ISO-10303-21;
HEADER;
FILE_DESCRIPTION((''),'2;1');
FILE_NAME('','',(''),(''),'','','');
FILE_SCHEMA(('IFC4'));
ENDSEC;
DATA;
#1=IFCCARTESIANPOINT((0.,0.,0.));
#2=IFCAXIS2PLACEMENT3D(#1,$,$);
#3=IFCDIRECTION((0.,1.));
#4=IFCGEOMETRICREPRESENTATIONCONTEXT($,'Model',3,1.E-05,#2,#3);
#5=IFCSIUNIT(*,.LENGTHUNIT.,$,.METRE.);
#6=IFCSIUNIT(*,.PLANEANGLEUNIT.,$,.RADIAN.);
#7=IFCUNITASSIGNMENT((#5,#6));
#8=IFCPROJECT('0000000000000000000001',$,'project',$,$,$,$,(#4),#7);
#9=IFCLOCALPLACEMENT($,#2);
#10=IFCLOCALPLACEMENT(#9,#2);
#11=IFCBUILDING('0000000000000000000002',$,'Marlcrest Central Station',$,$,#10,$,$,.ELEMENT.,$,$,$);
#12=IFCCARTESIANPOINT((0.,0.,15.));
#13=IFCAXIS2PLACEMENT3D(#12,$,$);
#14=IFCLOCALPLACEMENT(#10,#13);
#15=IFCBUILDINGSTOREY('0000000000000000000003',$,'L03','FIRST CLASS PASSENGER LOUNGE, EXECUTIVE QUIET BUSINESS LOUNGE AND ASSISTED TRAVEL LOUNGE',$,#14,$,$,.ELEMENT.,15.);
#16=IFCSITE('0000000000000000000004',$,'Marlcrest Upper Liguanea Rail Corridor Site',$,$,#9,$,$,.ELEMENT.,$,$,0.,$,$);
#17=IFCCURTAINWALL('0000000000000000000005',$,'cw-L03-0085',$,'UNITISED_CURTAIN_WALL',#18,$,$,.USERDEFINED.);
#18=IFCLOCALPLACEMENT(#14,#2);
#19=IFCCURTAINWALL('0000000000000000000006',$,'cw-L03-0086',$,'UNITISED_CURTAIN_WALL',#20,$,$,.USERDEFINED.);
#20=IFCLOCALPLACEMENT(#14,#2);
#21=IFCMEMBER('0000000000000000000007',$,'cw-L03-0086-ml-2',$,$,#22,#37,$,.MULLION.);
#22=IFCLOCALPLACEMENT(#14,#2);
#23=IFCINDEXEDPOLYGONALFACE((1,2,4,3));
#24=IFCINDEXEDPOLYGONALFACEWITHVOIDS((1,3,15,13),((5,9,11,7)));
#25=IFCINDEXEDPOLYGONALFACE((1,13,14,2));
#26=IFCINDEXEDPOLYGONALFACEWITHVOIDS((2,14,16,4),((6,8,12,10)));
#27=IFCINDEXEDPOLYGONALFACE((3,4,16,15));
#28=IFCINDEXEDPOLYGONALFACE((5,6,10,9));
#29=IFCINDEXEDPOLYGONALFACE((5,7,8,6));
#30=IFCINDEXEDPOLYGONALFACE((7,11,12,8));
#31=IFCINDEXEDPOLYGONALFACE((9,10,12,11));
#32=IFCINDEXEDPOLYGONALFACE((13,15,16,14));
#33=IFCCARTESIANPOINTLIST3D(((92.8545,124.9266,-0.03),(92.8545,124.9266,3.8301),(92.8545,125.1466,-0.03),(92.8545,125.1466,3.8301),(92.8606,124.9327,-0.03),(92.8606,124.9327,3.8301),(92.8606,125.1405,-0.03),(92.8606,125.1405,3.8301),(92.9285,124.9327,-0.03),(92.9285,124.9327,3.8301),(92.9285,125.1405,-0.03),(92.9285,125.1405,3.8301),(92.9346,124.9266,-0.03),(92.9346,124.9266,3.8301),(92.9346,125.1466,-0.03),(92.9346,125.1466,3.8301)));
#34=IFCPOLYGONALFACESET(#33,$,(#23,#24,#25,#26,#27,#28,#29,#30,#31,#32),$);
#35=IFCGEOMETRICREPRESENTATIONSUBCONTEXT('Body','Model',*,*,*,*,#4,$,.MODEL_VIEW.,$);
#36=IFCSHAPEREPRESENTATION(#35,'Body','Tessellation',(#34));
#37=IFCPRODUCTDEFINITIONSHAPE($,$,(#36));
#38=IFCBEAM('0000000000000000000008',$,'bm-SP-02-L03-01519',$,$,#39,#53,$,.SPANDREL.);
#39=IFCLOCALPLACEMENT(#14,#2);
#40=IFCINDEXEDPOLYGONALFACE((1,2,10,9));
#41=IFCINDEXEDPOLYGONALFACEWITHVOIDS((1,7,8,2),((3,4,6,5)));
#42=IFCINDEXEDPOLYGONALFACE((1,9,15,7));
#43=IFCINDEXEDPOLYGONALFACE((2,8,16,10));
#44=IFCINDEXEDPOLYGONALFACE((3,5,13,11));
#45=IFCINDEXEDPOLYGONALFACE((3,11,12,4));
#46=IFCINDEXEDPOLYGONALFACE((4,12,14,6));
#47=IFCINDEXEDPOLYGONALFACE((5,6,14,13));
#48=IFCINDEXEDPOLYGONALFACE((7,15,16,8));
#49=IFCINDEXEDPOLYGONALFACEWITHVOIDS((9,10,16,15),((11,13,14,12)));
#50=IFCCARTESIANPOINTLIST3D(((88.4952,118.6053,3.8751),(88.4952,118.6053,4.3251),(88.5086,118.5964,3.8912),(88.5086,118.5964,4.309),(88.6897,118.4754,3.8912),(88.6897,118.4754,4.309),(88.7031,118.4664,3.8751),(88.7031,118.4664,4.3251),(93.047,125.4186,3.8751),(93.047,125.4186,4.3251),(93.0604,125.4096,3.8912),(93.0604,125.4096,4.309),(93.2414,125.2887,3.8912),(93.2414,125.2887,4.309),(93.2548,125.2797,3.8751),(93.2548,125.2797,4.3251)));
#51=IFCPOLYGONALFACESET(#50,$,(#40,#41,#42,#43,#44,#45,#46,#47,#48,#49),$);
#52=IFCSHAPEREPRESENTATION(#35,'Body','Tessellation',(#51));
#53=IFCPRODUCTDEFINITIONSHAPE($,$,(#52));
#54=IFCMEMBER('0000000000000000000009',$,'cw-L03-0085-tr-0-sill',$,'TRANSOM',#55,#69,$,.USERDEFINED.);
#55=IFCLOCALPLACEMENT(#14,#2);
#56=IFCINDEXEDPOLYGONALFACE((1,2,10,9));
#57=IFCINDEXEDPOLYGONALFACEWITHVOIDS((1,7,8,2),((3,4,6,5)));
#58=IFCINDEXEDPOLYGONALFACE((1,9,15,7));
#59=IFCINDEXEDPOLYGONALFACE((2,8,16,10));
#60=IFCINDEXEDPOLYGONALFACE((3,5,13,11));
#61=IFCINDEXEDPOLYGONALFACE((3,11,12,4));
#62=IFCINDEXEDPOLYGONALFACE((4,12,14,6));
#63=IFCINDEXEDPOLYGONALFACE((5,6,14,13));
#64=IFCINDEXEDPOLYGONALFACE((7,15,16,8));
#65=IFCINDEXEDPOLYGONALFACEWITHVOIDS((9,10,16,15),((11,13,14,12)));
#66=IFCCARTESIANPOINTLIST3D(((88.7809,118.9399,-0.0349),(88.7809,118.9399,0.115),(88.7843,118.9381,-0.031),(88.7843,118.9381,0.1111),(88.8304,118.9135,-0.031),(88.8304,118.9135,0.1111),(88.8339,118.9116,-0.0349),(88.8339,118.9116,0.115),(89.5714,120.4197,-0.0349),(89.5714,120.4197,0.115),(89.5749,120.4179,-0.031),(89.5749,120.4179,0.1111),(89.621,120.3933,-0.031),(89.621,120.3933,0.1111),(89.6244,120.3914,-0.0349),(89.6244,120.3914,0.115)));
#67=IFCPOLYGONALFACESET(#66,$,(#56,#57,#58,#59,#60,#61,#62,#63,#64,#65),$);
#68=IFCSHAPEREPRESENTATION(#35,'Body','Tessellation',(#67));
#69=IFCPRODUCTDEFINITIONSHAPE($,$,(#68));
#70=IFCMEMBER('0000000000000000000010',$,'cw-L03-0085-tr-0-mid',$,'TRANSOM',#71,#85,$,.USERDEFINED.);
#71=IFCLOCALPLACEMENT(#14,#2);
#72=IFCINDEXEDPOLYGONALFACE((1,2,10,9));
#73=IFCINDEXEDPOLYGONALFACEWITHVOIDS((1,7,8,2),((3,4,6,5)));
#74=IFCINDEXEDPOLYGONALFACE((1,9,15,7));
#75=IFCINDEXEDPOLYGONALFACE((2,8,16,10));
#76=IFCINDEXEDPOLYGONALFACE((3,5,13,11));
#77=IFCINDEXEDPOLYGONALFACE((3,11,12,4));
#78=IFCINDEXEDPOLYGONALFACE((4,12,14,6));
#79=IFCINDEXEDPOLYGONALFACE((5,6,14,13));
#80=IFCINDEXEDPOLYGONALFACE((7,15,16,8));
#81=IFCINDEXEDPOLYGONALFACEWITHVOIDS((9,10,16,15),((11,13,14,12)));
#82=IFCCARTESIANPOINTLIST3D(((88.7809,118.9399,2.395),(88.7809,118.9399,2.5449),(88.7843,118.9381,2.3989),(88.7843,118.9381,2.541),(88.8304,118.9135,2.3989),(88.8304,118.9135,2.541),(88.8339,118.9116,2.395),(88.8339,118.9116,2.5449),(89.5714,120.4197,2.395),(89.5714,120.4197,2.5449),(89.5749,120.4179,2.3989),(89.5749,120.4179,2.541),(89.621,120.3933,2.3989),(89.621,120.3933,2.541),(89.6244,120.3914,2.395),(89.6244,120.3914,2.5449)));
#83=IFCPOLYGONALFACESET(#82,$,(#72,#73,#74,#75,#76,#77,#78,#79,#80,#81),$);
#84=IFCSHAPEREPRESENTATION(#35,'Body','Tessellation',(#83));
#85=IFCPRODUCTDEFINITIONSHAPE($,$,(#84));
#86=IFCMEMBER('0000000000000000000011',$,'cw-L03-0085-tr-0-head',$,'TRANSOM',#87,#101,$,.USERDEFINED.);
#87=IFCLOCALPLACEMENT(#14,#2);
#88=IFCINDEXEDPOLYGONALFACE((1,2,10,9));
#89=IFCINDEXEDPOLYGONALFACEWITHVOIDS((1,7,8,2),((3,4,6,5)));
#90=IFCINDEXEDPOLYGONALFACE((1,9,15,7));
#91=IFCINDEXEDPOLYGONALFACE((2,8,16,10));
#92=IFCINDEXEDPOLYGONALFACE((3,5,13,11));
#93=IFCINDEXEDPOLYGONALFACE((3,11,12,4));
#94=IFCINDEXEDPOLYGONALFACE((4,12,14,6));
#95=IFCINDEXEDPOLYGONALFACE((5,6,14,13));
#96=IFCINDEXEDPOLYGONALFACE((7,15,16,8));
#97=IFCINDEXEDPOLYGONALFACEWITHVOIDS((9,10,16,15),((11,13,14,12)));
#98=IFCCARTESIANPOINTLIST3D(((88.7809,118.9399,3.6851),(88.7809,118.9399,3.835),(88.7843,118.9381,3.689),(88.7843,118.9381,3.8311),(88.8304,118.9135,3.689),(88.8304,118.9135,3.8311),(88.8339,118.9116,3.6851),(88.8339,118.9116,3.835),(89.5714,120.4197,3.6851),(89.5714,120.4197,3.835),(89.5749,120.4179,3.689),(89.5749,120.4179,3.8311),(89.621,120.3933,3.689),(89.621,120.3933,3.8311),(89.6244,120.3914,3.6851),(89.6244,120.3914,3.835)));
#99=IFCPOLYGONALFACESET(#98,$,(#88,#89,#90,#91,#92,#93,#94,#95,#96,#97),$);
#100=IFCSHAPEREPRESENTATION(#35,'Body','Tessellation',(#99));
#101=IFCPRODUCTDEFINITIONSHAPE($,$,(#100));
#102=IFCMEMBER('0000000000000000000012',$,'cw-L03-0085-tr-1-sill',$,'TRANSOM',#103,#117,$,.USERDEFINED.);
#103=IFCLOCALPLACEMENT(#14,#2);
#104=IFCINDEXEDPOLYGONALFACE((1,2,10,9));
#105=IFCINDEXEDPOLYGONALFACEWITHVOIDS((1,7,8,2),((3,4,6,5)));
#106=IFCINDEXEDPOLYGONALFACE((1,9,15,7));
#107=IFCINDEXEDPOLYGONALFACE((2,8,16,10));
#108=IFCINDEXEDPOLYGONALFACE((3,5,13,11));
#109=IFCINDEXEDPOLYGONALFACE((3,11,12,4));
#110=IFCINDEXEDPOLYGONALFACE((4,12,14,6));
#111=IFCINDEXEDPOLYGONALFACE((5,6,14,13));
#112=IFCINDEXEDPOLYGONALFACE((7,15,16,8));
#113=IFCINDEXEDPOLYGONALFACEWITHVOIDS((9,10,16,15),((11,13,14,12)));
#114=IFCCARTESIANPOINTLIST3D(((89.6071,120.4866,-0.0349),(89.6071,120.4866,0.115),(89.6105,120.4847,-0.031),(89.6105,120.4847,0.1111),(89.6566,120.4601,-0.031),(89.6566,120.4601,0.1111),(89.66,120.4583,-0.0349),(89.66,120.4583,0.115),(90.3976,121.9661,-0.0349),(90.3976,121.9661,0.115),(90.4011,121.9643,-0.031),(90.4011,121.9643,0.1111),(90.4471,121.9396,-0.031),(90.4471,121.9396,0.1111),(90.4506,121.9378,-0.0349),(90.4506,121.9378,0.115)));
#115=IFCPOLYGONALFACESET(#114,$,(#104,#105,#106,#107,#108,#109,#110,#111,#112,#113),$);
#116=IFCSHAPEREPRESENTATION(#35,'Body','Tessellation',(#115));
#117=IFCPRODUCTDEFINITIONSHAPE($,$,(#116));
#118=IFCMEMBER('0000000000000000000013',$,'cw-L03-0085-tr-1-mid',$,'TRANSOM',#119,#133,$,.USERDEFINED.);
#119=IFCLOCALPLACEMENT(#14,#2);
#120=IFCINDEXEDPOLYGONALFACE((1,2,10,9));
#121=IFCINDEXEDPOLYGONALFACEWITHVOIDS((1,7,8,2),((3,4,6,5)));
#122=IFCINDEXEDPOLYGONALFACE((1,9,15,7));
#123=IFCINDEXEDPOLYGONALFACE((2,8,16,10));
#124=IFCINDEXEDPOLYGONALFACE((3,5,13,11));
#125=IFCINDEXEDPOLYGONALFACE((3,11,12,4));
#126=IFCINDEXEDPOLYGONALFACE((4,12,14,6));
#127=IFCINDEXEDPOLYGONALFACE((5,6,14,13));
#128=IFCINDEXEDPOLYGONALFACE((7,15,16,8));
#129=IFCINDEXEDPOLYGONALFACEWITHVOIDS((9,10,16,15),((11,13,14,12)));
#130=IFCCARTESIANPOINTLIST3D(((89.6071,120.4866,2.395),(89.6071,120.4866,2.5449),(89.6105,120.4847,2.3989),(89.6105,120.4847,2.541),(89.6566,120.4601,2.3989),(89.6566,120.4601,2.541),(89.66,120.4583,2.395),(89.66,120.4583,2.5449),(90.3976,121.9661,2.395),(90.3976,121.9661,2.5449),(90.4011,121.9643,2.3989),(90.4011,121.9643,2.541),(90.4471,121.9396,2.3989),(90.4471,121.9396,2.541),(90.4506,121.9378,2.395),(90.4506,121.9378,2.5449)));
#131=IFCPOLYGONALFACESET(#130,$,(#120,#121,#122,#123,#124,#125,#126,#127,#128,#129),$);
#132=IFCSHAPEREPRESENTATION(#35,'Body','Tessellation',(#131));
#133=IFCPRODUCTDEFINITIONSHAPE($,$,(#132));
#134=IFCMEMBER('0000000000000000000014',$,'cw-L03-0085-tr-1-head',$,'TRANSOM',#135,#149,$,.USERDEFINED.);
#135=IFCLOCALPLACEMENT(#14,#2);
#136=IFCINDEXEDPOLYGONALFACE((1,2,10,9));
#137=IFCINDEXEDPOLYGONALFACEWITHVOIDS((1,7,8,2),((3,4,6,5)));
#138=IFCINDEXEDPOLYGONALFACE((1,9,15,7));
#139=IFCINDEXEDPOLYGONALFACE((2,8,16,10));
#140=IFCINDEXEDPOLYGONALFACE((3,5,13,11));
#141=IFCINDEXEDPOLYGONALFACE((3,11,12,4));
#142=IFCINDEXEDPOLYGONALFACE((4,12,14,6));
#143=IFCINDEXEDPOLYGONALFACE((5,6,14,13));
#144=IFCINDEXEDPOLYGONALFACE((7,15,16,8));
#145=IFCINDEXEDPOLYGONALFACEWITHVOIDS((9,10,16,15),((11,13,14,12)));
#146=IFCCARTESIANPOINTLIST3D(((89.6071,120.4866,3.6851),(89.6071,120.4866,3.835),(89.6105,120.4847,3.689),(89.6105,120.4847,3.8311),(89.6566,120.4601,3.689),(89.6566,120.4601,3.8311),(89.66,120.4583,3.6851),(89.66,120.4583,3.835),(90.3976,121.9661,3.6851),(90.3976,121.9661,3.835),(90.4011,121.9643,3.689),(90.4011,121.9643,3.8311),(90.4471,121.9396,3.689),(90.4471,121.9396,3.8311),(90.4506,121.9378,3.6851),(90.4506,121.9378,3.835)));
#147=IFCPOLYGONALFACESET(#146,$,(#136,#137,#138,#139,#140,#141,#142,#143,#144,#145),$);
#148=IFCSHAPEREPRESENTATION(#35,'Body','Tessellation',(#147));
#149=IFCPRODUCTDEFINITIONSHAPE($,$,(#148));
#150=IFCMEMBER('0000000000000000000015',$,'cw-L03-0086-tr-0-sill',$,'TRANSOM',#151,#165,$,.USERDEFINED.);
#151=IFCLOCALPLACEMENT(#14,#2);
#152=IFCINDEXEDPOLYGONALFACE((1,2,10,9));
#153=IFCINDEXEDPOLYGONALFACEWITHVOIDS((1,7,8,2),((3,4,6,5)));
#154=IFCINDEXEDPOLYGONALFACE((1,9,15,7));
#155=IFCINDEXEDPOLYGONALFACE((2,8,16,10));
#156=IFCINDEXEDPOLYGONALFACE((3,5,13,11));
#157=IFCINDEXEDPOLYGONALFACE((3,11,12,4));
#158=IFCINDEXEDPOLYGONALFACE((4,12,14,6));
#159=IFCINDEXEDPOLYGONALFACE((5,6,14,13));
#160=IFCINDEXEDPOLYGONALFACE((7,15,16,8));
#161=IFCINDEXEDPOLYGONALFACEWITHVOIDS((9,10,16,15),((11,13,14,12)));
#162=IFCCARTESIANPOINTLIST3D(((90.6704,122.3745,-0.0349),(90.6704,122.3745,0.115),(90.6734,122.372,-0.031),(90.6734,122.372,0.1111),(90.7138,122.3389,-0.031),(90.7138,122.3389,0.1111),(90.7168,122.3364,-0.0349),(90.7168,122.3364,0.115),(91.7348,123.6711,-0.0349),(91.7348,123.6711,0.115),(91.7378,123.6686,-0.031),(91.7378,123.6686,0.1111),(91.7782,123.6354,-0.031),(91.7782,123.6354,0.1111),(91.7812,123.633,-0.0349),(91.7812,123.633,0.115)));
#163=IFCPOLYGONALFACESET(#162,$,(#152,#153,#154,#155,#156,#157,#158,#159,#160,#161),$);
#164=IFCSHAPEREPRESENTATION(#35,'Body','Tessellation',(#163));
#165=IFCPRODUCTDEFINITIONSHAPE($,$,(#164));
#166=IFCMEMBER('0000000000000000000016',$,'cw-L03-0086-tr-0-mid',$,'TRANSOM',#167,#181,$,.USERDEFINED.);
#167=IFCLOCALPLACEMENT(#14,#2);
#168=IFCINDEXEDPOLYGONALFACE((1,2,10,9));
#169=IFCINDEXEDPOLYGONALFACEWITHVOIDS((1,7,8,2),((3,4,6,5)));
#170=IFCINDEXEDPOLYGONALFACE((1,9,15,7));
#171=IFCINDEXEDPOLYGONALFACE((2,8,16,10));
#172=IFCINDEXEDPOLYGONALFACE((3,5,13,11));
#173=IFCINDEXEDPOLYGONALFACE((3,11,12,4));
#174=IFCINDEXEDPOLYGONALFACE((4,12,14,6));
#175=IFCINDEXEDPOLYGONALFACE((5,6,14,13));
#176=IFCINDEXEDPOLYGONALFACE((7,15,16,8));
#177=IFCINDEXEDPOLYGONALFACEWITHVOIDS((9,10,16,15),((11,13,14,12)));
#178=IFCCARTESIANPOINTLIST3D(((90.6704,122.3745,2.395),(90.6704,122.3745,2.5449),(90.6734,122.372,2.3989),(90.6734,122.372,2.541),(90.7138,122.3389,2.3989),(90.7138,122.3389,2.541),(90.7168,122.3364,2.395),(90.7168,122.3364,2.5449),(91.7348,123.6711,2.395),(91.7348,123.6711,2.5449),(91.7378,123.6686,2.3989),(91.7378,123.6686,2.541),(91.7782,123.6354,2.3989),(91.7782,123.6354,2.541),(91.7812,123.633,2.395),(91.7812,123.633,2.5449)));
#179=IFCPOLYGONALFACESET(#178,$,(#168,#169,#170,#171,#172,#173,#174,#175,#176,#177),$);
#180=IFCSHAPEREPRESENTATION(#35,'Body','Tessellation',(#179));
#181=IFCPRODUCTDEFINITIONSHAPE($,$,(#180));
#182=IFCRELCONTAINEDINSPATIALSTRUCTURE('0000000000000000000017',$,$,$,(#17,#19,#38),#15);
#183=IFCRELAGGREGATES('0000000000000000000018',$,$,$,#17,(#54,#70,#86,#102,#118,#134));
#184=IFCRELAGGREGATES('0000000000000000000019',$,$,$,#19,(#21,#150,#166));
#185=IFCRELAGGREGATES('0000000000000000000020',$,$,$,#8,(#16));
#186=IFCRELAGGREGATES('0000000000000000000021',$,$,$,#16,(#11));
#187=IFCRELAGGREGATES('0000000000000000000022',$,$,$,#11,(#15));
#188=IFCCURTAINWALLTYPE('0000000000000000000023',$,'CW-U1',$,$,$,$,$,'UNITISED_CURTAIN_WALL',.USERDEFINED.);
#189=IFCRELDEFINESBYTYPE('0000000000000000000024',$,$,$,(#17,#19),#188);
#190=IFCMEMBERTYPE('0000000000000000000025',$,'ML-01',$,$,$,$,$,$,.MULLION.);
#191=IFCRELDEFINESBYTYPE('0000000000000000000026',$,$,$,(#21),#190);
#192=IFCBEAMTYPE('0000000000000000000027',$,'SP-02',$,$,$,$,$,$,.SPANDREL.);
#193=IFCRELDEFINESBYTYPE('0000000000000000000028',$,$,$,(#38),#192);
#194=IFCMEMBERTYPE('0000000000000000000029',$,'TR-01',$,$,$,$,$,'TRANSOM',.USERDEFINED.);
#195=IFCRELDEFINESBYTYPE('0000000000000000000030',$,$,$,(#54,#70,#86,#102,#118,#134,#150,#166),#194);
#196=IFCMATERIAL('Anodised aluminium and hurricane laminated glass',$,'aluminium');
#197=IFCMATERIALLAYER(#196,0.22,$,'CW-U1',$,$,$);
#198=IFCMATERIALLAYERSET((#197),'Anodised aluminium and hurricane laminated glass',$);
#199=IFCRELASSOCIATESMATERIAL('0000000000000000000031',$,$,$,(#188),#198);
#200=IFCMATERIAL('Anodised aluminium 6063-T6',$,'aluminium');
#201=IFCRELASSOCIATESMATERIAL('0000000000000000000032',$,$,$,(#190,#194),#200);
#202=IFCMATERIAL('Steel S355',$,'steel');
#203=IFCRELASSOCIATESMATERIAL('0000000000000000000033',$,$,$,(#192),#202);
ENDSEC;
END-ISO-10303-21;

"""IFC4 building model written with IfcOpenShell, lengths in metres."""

from ifc_helpers import new_model, si_unit, direction, frame, origin, origin_2d, place, context, subcontext, project, spatial, hollow_rectangle, extrude, material, layer, layer_set, material_profile, profile_set, type_object, element, aggregate, save


model = new_model("IFC4")

# Units and contexts
model_context = context("Model", 3, precision=1e-05, world=origin(), true_north=direction((0.0, 1.0)))
body_context = subcontext(model_context, "Body", "Model", "MODEL_VIEW")
ifc_project = project(units=[si_unit("LENGTHUNIT", "METRE"), si_unit("PLANEANGLEUNIT", "RADIAN")], contexts=[model_context])

# Site, building, storey
site_placement = place(None, origin())
site = spatial("IfcSite", under=ifc_project, at=site_placement, Name="Marlcrest Upper Liguanea Rail Corridor Site", CompositionType="ELEMENT", RefElevation=0.0)
building_placement = place(site_placement, origin())
building = spatial("IfcBuilding", under=site, at=building_placement, Name="Marlcrest Central Station", CompositionType="ELEMENT")
storey_placement = place(building_placement, frame((0.0, 0.0, 15.0)))
storey = spatial("IfcBuildingStorey", under=building, at=storey_placement, Name="L03", Description="FIRST CLASS PASSENGER LOUNGE, EXECUTIVE QUIET BUSINESS LOUNGE AND ASSISTED TRAVEL LOUNGE", CompositionType="ELEMENT", Elevation=15.0)

# Shared definitions
ifc_material_1 = material(Name="Steel S355", Category="steel")

# Curtain walls, member
ifc_material_2 = material(Name="Anodised aluminium and hurricane laminated glass", Category="aluminium")
ifc_layer_1 = layer(ifc_material_2, 0.22, Name="CW-U1")
ifc_layer_set_1 = layer_set([ifc_layer_1], Name="Anodised aluminium and hurricane laminated glass")
curtain_wall_type = type_object("IfcCurtainWallType", Name="CW-U1", ElementType="UNITISED_CURTAIN_WALL", PredefinedType="USERDEFINED", material=ifc_layer_set_1)
curtain_wall_1_placement = place(storey_placement, origin())
curtain_wall_1 = element("IfcCurtainWall", 1, at=curtain_wall_1_placement, inside=storey, type_object=curtain_wall_type, Name="cw-L03-0085", ObjectType="UNITISED_CURTAIN_WALL", PredefinedType="USERDEFINED")
ifc_material_3 = material(Name="Anodised aluminium 6063-T6", Category="aluminium")
ifc_material_profile_1 = material_profile(ifc_material_3, hollow_rectangle(XDim=0.0801, YDim=0.22, WallThickness=0.0061, at=origin_2d()), Name="AA-RHS 220x80x6")
ifc_profile_set_1 = profile_set([ifc_material_profile_1], Name="Anodised aluminium 6063-T6")
member_type_1 = type_object("IfcMemberType", Name="ML-01", PredefinedType="MULLION", material=ifc_profile_set_1)
curtain_wall_2_placement = place(storey_placement, origin())
curtain_wall_2 = element("IfcCurtainWall", 2, at=curtain_wall_2_placement, inside=storey, type_object=curtain_wall_type, Name="cw-L03-0086", ObjectType="UNITISED_CURTAIN_WALL", PredefinedType="USERDEFINED")
member_1_placement = place(storey_placement, frame((92.8945, 125.0366, -0.03), z_axis=(0.0, 0.0, 1.0), x_axis=(1.0, 0.0, 0.0)))
member_1 = element("IfcMember", 3, at=member_1_placement, type_object=member_type_1, Name="cw-L03-0086-ml-2", PredefinedType="MULLION", context=body_context, shape_type="SweptSolid", body=[
    extrude(hollow_rectangle(XDim=0.0801, YDim=0.22, WallThickness=0.0061, at=origin_2d()), origin(), (0.0, 0.0, 1.0), 3.8601),
])

# Beam
ifc_material_profile_2 = material_profile(ifc_material_1, hollow_rectangle(XDim=0.25, YDim=0.45, WallThickness=0.0161, at=origin_2d()), Name="RHS 450x250x16")
ifc_profile_set_2 = profile_set([ifc_material_profile_2], Name="Steel S355")
beam_type = type_object("IfcBeamType", Name="SP-02", PredefinedType="SPANDREL", material=ifc_profile_set_2)
beam_placement = place(storey_placement, frame((88.5991, 118.5359, 4.1001), z_axis=(0.555511, 0.831509, 0.0), x_axis=(-0.831509, 0.555511, 0.0)))
element("IfcBeam", 4, at=beam_placement, inside=storey, type_object=beam_type, Name="bm-SP-02-L03-01519", PredefinedType="SPANDREL", context=body_context, shape_type="SweptSolid", body=[
    extrude(hollow_rectangle(XDim=0.25, YDim=0.45, WallThickness=0.0161, at=origin_2d()), origin(), (0.0, 0.0, 1.0), 8.1938),
])

# Members
ifc_material_profile_3 = material_profile(ifc_material_3, hollow_rectangle(XDim=0.0601, YDim=0.1499, WallThickness=0.0039, at=origin_2d()), Name="AA-RHS 150x60x4")
ifc_profile_set_3 = profile_set([ifc_material_profile_3], Name="Anodised aluminium 6063-T6")
member_type_2 = type_object("IfcMemberType", Name="TR-01", ElementType="TRANSOM", PredefinedType="USERDEFINED", material=ifc_profile_set_3)
member_2_placement = place(storey_placement, frame((88.8074, 118.9258, 0.04), z_axis=(0.471207, 0.882022, 0.0), x_axis=(-0.882022, 0.471207, 0.0)))
member_2 = element("IfcMember", 5, at=member_2_placement, type_object=member_type_2, Name="cw-L03-0085-tr-0-sill", ObjectType="TRANSOM", PredefinedType="USERDEFINED", context=body_context, shape_type="SweptSolid", body=[
    extrude(hollow_rectangle(XDim=0.0601, YDim=0.1499, WallThickness=0.0039, at=origin_2d()), origin(), (0.0, 0.0, 1.0), 1.6777),
])
member_3_placement = place(storey_placement, frame((88.8074, 118.9258, 2.47), z_axis=(0.471207, 0.882022, 0.0), x_axis=(-0.882022, 0.471207, 0.0)))
member_3 = element("IfcMember", 6, at=member_3_placement, type_object=member_type_2, Name="cw-L03-0085-tr-0-mid", ObjectType="TRANSOM", PredefinedType="USERDEFINED", context=body_context, shape_type="SweptSolid", body=[
    extrude(hollow_rectangle(XDim=0.0601, YDim=0.1499, WallThickness=0.0039, at=origin_2d()), origin(), (0.0, 0.0, 1.0), 1.6777),
])
member_4_placement = place(storey_placement, frame((88.8074, 118.9258, 3.76), z_axis=(0.471207, 0.882022, 0.0), x_axis=(-0.882022, 0.471207, 0.0)))
member_4 = element("IfcMember", 7, at=member_4_placement, type_object=member_type_2, Name="cw-L03-0085-tr-0-head", ObjectType="TRANSOM", PredefinedType="USERDEFINED", context=body_context, shape_type="SweptSolid", body=[
    extrude(hollow_rectangle(XDim=0.0601, YDim=0.1499, WallThickness=0.0039, at=origin_2d()), origin(), (0.0, 0.0, 1.0), 1.6777),
])
member_5_placement = place(storey_placement, frame((89.6335, 120.4724, 0.04), z_axis=(0.471268, 0.88199, 0.0), x_axis=(-0.88199, 0.471268, 0.0)))
member_5 = element("IfcMember", 8, at=member_5_placement, type_object=member_type_2, Name="cw-L03-0085-tr-1-sill", ObjectType="TRANSOM", PredefinedType="USERDEFINED", context=body_context, shape_type="SweptSolid", body=[
    extrude(hollow_rectangle(XDim=0.0601, YDim=0.1499, WallThickness=0.0039, at=origin_2d()), origin(), (0.0, 0.0, 1.0), 1.6775),
])
member_6_placement = place(storey_placement, frame((89.6335, 120.4724, 2.47), z_axis=(0.471268, 0.88199, 0.0), x_axis=(-0.88199, 0.471268, 0.0)))
member_6 = element("IfcMember", 9, at=member_6_placement, type_object=member_type_2, Name="cw-L03-0085-tr-1-mid", ObjectType="TRANSOM", PredefinedType="USERDEFINED", context=body_context, shape_type="SweptSolid", body=[
    extrude(hollow_rectangle(XDim=0.0601, YDim=0.1499, WallThickness=0.0039, at=origin_2d()), origin(), (0.0, 0.0, 1.0), 1.6775),
])
member_7_placement = place(storey_placement, frame((89.6335, 120.4724, 3.76), z_axis=(0.471268, 0.88199, 0.0), x_axis=(-0.88199, 0.471268, 0.0)))
member_7 = element("IfcMember", 10, at=member_7_placement, type_object=member_type_2, Name="cw-L03-0085-tr-1-head", ObjectType="TRANSOM", PredefinedType="USERDEFINED", context=body_context, shape_type="SweptSolid", body=[
    extrude(hollow_rectangle(XDim=0.0601, YDim=0.1499, WallThickness=0.0039, at=origin_2d()), origin(), (0.0, 0.0, 1.0), 1.6775),
])
member_8_placement = place(storey_placement, frame((90.6936, 122.3555, 0.04), z_axis=(0.634513, 0.772912, 0.0), x_axis=(-0.772912, 0.634513, 0.0)))
member_8 = element("IfcMember", 11, at=member_8_placement, type_object=member_type_2, Name="cw-L03-0086-tr-0-sill", ObjectType="TRANSOM", PredefinedType="USERDEFINED", context=body_context, shape_type="SweptSolid", body=[
    extrude(hollow_rectangle(XDim=0.0601, YDim=0.1499, WallThickness=0.0039, at=origin_2d()), origin(), (0.0, 0.0, 1.0), 1.6775),
])
member_9_placement = place(storey_placement, frame((90.6936, 122.3555, 2.47), z_axis=(0.634513, 0.772912, 0.0), x_axis=(-0.772912, 0.634513, 0.0)))
member_9 = element("IfcMember", 12, at=member_9_placement, type_object=member_type_2, Name="cw-L03-0086-tr-0-mid", ObjectType="TRANSOM", PredefinedType="USERDEFINED", context=body_context, shape_type="SweptSolid", body=[
    extrude(hollow_rectangle(XDim=0.0601, YDim=0.1499, WallThickness=0.0039, at=origin_2d()), origin(), (0.0, 0.0, 1.0), 1.6775),
])

aggregate(curtain_wall_1, [member_2, member_3, member_4, member_5, member_6, member_7])
aggregate(curtain_wall_2, [member_1, member_8, member_9])

save(model, "model.ifc")
